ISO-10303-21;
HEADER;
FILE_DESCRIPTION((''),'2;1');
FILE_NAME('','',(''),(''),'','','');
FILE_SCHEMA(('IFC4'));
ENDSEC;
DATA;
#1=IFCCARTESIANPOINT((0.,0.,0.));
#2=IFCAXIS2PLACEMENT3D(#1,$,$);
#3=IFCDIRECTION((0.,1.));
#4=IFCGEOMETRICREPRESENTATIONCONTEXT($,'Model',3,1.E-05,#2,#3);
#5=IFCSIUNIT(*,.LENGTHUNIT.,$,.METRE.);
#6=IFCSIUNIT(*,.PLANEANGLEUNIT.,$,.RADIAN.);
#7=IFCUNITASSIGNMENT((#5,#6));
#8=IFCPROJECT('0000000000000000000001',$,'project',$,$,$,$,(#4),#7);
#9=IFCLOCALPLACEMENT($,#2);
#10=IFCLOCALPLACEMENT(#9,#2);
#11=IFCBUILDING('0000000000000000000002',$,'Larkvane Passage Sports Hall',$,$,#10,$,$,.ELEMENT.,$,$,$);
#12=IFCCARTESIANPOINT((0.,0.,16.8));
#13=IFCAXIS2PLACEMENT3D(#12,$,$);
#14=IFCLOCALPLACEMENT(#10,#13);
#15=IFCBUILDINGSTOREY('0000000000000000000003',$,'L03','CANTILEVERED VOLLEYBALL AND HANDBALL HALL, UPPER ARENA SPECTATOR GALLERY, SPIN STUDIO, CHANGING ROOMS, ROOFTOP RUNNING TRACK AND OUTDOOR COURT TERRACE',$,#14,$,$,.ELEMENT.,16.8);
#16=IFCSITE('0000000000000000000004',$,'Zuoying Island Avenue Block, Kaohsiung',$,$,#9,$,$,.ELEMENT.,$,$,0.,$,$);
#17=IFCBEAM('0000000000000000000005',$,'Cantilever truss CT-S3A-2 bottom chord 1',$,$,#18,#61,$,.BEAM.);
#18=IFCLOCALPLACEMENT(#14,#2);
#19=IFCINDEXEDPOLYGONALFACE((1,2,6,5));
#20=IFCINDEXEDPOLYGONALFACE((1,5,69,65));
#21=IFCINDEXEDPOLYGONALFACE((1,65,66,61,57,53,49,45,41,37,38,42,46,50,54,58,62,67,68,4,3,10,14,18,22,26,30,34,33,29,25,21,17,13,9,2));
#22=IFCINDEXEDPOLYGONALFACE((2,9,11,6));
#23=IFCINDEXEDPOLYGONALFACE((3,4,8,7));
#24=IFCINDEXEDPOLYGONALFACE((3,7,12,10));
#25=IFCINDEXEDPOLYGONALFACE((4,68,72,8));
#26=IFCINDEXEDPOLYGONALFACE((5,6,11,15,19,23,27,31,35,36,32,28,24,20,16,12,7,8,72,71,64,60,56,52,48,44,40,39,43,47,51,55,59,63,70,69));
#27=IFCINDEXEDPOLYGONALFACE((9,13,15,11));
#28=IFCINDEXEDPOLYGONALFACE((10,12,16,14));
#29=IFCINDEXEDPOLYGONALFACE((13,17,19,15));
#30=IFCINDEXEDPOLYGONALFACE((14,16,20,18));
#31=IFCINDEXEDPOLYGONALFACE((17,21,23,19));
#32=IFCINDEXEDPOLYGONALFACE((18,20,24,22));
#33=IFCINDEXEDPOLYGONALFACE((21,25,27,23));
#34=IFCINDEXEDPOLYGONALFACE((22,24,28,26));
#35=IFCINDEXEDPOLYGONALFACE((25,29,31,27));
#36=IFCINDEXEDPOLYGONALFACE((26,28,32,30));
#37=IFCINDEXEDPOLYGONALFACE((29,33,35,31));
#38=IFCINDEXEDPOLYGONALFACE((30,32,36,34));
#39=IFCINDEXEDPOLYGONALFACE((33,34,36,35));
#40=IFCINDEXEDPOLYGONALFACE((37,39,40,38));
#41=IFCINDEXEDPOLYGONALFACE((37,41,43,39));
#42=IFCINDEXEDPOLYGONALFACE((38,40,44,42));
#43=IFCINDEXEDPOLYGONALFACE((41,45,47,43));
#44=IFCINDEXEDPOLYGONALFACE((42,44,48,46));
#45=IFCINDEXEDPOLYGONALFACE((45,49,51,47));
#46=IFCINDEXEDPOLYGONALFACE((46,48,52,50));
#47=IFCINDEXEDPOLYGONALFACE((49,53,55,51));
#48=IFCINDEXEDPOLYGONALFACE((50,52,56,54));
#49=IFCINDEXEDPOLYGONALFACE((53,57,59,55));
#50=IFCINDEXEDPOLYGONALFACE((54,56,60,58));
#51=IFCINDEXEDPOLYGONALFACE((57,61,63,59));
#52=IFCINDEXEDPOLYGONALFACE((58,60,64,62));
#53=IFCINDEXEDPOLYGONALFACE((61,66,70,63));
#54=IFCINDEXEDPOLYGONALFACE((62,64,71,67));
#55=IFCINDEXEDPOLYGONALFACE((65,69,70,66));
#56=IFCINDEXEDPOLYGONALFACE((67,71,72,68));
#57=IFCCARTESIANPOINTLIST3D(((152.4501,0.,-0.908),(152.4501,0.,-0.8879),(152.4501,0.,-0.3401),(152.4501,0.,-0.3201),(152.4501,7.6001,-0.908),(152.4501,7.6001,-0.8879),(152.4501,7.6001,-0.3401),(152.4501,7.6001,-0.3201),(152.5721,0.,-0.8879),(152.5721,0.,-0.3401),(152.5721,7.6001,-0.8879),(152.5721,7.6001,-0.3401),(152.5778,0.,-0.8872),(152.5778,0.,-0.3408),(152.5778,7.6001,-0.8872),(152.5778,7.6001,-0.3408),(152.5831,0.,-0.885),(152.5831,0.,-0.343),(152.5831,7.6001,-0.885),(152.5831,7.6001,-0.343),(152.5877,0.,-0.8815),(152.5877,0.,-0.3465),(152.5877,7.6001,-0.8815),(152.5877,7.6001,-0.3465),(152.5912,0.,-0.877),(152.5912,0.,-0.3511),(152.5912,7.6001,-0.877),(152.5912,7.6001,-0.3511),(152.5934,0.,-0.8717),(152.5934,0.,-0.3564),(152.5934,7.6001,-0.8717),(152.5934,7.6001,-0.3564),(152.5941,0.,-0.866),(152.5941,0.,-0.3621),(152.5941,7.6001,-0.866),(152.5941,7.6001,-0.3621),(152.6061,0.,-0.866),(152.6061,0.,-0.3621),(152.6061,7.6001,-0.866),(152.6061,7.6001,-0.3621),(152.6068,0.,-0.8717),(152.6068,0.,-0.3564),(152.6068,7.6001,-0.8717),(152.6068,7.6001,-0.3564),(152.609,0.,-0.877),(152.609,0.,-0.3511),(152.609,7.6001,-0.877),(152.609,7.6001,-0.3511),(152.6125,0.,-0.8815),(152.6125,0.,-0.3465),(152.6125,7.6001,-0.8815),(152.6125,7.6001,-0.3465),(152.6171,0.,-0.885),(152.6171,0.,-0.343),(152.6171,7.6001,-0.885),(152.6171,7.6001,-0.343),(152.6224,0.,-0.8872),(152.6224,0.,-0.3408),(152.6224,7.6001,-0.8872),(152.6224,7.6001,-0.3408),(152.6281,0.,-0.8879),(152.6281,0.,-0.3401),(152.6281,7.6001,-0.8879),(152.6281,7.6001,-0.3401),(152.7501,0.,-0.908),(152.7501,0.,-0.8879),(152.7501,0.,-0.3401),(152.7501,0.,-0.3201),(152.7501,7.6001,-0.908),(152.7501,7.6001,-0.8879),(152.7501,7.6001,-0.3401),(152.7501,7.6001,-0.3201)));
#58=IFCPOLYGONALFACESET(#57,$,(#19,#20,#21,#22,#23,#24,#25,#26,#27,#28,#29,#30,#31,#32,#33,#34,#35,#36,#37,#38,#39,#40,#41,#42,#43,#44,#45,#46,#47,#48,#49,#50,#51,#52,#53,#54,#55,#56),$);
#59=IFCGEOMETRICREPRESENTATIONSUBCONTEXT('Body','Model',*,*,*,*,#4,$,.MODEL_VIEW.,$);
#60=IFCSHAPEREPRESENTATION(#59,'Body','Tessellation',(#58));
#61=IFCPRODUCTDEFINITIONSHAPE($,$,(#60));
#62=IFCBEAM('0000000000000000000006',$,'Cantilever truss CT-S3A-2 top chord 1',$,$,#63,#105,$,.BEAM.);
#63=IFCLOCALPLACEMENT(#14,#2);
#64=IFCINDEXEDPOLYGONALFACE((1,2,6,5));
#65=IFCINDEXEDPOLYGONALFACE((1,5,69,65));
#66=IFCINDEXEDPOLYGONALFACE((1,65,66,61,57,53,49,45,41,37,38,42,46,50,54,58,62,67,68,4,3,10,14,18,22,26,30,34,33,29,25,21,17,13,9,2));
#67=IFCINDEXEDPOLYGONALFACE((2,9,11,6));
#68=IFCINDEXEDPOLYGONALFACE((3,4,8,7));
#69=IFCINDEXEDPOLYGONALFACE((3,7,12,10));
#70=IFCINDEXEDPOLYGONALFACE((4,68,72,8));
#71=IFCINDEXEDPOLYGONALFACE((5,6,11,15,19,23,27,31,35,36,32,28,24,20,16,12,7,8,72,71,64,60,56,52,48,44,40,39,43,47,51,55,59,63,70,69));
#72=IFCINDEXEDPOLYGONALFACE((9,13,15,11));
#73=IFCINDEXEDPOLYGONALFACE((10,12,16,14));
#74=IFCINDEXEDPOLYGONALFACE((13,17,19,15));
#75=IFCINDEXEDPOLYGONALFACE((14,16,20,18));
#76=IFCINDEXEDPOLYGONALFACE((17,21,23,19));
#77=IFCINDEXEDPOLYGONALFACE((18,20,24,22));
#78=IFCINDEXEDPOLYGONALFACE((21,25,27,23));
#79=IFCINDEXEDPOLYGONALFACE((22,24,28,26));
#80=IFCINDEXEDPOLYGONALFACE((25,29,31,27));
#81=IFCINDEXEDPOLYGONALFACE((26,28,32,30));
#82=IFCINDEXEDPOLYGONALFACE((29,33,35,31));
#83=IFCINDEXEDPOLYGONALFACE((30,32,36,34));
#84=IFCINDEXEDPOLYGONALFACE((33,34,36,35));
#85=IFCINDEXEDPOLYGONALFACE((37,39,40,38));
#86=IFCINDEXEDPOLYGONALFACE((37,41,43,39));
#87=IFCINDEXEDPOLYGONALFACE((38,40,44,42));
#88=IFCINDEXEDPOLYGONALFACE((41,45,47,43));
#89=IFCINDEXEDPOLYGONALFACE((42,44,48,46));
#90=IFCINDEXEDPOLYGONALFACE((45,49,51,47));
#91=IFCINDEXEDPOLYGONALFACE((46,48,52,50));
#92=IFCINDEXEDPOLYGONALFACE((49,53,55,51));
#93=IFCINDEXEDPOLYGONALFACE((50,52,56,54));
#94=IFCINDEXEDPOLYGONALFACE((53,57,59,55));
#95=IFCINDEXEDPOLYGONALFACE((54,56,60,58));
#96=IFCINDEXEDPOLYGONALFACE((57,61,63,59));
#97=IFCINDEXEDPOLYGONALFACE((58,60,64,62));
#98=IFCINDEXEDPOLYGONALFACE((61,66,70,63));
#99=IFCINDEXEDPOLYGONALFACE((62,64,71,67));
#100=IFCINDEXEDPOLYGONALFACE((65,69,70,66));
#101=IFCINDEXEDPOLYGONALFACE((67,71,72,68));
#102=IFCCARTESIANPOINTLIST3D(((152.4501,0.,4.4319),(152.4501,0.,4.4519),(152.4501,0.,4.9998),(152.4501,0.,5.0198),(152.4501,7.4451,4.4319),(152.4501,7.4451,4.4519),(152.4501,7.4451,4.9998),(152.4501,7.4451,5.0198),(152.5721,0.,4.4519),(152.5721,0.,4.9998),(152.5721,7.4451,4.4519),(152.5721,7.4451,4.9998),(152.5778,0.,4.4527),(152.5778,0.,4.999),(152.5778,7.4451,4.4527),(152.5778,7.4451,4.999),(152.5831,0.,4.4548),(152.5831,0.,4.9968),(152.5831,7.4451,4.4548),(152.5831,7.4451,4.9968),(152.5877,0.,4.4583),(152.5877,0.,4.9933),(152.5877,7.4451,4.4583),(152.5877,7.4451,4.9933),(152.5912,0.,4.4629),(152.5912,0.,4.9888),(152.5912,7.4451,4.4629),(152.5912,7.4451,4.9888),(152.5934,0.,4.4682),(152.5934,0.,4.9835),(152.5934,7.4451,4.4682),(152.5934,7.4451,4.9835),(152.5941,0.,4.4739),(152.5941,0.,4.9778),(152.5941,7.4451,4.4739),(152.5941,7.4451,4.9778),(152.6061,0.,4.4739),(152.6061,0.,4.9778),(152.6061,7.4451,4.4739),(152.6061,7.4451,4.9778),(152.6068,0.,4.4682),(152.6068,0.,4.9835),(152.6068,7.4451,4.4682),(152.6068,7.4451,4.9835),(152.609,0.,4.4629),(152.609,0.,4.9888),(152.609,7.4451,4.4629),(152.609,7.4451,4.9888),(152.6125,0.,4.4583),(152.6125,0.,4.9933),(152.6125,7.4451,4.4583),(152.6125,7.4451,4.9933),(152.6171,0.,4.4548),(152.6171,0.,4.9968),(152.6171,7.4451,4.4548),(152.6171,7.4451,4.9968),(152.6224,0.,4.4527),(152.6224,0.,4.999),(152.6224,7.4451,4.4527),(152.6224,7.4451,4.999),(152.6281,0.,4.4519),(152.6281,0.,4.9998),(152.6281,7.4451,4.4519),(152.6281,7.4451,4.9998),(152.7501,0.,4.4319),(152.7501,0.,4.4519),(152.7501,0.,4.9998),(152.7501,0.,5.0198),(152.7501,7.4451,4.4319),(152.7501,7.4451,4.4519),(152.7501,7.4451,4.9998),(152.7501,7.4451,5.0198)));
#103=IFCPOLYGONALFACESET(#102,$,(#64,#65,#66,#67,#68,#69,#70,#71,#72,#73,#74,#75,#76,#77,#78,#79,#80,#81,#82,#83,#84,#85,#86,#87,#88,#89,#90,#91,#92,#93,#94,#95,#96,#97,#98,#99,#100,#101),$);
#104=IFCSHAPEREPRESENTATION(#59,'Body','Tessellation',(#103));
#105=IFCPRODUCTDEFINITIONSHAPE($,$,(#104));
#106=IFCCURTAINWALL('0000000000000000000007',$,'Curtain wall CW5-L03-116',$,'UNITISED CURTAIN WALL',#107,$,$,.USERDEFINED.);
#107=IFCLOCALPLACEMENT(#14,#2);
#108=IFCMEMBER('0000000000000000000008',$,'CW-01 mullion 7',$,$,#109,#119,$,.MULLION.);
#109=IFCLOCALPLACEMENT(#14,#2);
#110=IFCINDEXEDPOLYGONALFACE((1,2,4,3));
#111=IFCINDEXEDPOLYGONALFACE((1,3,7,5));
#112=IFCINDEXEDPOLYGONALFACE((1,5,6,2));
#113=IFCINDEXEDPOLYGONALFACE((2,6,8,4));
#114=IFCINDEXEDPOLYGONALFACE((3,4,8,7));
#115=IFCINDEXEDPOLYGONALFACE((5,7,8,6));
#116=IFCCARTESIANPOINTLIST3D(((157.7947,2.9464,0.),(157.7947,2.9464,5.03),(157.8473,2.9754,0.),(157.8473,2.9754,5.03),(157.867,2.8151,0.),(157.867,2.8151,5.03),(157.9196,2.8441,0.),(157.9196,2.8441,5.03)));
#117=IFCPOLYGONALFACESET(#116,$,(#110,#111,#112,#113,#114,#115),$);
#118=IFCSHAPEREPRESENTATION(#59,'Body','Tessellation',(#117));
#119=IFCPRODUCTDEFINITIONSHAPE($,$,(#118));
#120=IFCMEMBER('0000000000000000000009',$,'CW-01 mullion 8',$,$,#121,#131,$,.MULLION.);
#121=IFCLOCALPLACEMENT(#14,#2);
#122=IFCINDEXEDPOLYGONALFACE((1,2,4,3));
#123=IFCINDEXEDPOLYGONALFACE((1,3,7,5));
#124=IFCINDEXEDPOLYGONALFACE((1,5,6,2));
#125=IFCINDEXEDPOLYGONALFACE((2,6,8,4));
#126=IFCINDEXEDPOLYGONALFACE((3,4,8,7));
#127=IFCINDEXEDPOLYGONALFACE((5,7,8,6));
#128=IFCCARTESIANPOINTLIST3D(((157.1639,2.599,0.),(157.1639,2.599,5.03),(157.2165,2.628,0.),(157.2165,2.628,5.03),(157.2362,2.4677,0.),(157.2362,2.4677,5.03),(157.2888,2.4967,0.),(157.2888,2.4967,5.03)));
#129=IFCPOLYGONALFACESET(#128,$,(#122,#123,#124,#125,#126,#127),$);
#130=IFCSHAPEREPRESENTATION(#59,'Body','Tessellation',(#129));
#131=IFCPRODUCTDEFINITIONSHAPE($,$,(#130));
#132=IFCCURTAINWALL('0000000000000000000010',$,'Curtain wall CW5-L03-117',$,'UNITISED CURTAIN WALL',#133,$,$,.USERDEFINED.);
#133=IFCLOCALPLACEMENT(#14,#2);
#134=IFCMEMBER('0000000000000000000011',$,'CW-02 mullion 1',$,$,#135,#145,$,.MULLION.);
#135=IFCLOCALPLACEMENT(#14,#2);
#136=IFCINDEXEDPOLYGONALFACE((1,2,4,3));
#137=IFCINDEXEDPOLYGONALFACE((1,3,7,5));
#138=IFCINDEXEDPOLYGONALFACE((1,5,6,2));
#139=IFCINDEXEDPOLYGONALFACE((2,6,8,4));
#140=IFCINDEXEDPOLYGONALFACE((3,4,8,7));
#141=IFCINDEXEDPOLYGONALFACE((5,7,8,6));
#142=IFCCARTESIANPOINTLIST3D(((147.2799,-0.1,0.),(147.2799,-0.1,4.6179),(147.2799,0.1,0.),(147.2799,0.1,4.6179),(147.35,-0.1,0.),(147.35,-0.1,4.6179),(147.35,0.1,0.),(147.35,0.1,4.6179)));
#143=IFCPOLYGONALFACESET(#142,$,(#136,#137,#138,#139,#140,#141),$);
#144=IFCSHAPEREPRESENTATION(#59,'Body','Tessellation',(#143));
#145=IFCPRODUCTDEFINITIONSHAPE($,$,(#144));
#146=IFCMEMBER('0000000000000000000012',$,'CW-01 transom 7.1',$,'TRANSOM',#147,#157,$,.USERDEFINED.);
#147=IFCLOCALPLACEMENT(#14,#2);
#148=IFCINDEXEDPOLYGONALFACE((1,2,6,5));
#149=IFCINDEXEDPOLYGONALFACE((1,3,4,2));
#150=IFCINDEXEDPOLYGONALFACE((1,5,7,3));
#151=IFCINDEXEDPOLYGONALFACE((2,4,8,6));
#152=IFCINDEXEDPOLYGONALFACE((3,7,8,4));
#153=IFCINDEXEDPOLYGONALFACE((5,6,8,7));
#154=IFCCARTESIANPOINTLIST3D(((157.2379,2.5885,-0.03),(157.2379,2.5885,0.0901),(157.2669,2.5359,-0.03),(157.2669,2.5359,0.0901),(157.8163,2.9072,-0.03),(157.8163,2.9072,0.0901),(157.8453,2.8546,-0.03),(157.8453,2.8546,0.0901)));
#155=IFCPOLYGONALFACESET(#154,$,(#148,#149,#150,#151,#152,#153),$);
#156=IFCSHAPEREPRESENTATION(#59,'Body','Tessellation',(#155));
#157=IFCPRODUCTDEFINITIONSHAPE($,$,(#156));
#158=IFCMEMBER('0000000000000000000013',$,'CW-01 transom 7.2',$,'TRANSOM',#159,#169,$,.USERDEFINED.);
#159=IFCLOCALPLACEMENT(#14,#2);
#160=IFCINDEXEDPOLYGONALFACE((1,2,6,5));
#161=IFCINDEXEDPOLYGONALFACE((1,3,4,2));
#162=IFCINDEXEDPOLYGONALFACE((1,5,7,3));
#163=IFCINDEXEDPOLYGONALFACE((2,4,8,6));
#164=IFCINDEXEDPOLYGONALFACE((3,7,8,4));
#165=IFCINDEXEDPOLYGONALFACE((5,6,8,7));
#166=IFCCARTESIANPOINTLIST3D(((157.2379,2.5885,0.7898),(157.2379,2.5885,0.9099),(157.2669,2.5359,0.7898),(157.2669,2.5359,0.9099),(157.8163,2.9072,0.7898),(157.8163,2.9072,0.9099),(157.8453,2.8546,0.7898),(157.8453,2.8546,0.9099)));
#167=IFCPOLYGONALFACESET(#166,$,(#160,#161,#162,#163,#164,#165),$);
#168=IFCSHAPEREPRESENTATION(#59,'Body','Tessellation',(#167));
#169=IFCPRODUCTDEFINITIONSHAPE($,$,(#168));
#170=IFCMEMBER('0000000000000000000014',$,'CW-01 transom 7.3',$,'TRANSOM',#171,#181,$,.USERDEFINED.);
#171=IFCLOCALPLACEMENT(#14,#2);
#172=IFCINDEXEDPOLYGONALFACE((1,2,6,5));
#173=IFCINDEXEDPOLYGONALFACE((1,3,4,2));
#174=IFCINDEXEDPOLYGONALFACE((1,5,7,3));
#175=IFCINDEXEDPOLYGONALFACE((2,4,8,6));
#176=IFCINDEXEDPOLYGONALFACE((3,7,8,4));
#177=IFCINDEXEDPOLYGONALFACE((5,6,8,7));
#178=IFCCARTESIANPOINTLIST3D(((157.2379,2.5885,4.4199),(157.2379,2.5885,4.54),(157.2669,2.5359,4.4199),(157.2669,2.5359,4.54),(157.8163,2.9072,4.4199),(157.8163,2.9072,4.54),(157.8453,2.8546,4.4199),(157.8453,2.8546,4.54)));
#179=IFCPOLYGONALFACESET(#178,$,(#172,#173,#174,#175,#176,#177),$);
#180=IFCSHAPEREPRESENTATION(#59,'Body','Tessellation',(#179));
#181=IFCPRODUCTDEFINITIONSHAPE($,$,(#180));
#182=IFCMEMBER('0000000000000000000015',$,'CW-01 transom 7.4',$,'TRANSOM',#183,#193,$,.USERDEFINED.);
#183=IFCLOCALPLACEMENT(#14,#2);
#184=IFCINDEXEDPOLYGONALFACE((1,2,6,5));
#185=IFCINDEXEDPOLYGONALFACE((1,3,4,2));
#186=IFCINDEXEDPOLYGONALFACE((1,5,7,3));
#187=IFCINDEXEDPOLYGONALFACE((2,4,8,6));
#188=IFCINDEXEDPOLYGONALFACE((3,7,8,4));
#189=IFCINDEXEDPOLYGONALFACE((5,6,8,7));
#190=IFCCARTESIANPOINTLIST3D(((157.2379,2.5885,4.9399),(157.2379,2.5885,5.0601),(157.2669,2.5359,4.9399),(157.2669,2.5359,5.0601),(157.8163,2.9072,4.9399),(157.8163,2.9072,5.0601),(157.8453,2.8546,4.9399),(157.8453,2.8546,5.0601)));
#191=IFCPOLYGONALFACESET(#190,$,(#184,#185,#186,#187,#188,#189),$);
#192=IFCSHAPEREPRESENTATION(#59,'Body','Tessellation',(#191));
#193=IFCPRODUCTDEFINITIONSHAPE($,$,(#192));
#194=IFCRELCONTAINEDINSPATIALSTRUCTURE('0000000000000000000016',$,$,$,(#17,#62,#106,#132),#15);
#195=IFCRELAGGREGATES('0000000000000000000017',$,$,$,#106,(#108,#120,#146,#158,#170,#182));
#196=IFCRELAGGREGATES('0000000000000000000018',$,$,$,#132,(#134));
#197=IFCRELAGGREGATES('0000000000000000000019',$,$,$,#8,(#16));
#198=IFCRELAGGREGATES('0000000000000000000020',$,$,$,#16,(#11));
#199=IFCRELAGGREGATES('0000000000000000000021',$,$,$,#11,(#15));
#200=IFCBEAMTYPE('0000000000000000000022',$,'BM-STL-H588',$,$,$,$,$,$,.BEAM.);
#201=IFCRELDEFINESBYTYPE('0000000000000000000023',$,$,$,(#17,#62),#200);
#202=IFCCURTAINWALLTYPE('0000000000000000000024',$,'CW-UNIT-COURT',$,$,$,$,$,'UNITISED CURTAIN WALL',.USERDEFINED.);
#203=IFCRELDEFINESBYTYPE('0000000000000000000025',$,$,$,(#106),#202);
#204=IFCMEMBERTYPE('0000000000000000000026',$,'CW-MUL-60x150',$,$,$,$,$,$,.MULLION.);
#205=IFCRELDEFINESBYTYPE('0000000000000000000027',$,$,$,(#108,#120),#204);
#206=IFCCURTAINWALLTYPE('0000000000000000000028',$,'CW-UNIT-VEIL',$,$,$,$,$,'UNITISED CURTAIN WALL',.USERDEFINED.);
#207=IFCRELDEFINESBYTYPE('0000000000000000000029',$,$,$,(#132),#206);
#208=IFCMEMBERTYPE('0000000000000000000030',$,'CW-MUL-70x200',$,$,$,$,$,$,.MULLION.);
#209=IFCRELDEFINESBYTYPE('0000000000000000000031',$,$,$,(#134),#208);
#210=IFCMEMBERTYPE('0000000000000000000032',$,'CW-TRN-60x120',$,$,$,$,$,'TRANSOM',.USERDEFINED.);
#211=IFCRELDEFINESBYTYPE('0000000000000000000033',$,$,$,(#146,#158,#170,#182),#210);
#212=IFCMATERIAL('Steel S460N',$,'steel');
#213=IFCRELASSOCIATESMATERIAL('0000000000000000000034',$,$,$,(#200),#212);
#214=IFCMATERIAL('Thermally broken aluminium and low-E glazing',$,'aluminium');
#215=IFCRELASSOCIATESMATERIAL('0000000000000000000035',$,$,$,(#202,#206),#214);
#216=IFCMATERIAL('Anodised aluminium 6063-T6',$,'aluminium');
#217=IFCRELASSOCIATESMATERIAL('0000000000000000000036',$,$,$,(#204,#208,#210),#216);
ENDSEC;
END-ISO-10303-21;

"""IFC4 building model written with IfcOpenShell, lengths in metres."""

from ifc_helpers import new_model, si_unit, direction, frame, origin, origin_2d, place, context, subcontext, project, spatial, rectangle, i_section, extrude, material, material_profile, profile_set, type_object, element, aggregate, save


model = new_model("IFC4")

# Units and contexts
model_context = context("Model", 3, precision=1e-05, world=origin(), true_north=direction((0.0, 1.0)))
body_context = subcontext(model_context, "Body", "Model", "MODEL_VIEW")
ifc_project = project(units=[si_unit("LENGTHUNIT", "METRE"), si_unit("PLANEANGLEUNIT", "RADIAN")], contexts=[model_context])

# Site, building, storey
site_placement = place(None, origin())
site = spatial("IfcSite", under=ifc_project, at=site_placement, Name="Zuoying Island Avenue Block, Kaohsiung", CompositionType="ELEMENT", RefElevation=0.0)
building_placement = place(site_placement, origin())
building = spatial("IfcBuilding", under=site, at=building_placement, Name="Larkvane Passage Sports Hall", CompositionType="ELEMENT")
storey_placement = place(building_placement, frame((0.0, 0.0, 16.8)))
storey = spatial("IfcBuildingStorey", under=building, at=storey_placement, Name="L03", Description="CANTILEVERED VOLLEYBALL AND HANDBALL HALL, UPPER ARENA SPECTATOR GALLERY, SPIN STUDIO, CHANGING ROOMS, ROOFTOP RUNNING TRACK AND OUTDOOR COURT TERRACE", CompositionType="ELEMENT", Elevation=16.8)

# Beams
ifc_material_1 = material(Name="Steel S460N", Category="steel")
ifc_material_profile_1 = material_profile(ifc_material_1, i_section(OverallWidth=0.3, OverallDepth=0.5879, WebThickness=0.012, FlangeThickness=0.02, FilletRadius=0.022, at=origin_2d()), Name="H-588x300x12x20")
ifc_profile_set_1 = profile_set([ifc_material_profile_1], Name="Steel S460N")
beam_type_1 = type_object("IfcBeamType", Name="BM-STL-H588", PredefinedType="BEAM", material=ifc_profile_set_1)
beam_1_placement = place(storey_placement, frame((152.6001, 0.0, -0.614), z_axis=(0.0, 1.0, 0.0), x_axis=(-1.0, 0.0, 0.0)))
element("IfcBeam", 1, at=beam_1_placement, inside=storey, type_object=beam_type_1, Name="Cantilever truss CT-S3A-2 bottom chord 1", PredefinedType="BEAM", context=body_context, shape_type="SweptSolid", body=[
    extrude(i_section(OverallWidth=0.3, OverallDepth=0.5879, WebThickness=0.012, FlangeThickness=0.02, FilletRadius=0.022, at=origin_2d()), origin(), (0.0, 0.0, 1.0), 7.6001),
])
beam_2_placement = place(storey_placement, frame((152.6001, 0.0, 4.7258), z_axis=(0.0, 1.0, 0.0), x_axis=(-1.0, 0.0, 0.0)))
element("IfcBeam", 2, at=beam_2_placement, inside=storey, type_object=beam_type_1, Name="Cantilever truss CT-S3A-2 top chord 1", PredefinedType="BEAM", context=body_context, shape_type="SweptSolid", body=[
    extrude(i_section(OverallWidth=0.3, OverallDepth=0.5879, WebThickness=0.012, FlangeThickness=0.02, FilletRadius=0.022, at=origin_2d()), origin(), (0.0, 0.0, 1.0), 7.4451),
])

# Curtain wall, members
ifc_material_2 = material(Name="Thermally broken aluminium and low-E glazing", Category="aluminium")
curtain_wall_type_1 = type_object("IfcCurtainWallType", Name="CW-UNIT-COURT", ElementType="UNITISED CURTAIN WALL", PredefinedType="USERDEFINED", material=ifc_material_2)
curtain_wall_1_placement = place(storey_placement, origin())
curtain_wall_1 = element("IfcCurtainWall", 3, at=curtain_wall_1_placement, inside=storey, type_object=curtain_wall_type_1, Name="Curtain wall CW5-L03-116", ObjectType="UNITISED CURTAIN WALL", PredefinedType="USERDEFINED")
ifc_material_3 = material(Name="Anodised aluminium 6063-T6", Category="aluminium")
ifc_material_profile_2 = material_profile(ifc_material_3, rectangle(XDim=0.0601, YDim=0.1499, at=origin_2d()), Name="ALU-MUL-60x150")
ifc_profile_set_2 = profile_set([ifc_material_profile_2], Name="Anodised aluminium 6063-T6")
member_type_1 = type_object("IfcMemberType", Name="CW-MUL-60x150", PredefinedType="MULLION", material=ifc_profile_set_2)
member_1_placement = place(storey_placement, frame((157.8572, 2.8953, 0.0), z_axis=(0.0, 0.0, 1.0), x_axis=(-0.875942, -0.482416, 0.0)))
member_1 = element("IfcMember", 4, at=member_1_placement, type_object=member_type_1, Name="CW-01 mullion 7", PredefinedType="MULLION", context=body_context, shape_type="SweptSolid", body=[
    extrude(rectangle(XDim=0.0601, YDim=0.1499, at=origin_2d()), origin(), (0.0, 0.0, 1.0), 5.03),
])
member_2_placement = place(storey_placement, frame((157.2263, 2.5479, 0.0), z_axis=(0.0, 0.0, 1.0), x_axis=(-0.875942, -0.482416, 0.0)))
member_2 = element("IfcMember", 5, at=member_2_placement, type_object=member_type_1, Name="CW-01 mullion 8", PredefinedType="MULLION", context=body_context, shape_type="SweptSolid", body=[
    extrude(rectangle(XDim=0.0601, YDim=0.1499, at=origin_2d()), origin(), (0.0, 0.0, 1.0), 5.03),
])

# Curtain wall, member
curtain_wall_type_2 = type_object("IfcCurtainWallType", Name="CW-UNIT-VEIL", ElementType="UNITISED CURTAIN WALL", PredefinedType="USERDEFINED", material=ifc_material_2)
curtain_wall_2_placement = place(storey_placement, origin())
curtain_wall_2 = element("IfcCurtainWall", 6, at=curtain_wall_2_placement, inside=storey, type_object=curtain_wall_type_2, Name="Curtain wall CW5-L03-117", ObjectType="UNITISED CURTAIN WALL", PredefinedType="USERDEFINED")
ifc_material_profile_3 = material_profile(ifc_material_3, rectangle(XDim=0.0701, YDim=0.2, at=origin_2d()), Name="ALU-MUL-70x200")
ifc_profile_set_3 = profile_set([ifc_material_profile_3], Name="Anodised aluminium 6063-T6")
member_type_2 = type_object("IfcMemberType", Name="CW-MUL-70x200", PredefinedType="MULLION", material=ifc_profile_set_3)
member_3_placement = place(storey_placement, frame((147.3149, 0.0, 0.0), z_axis=(0.0, 0.0, 1.0), x_axis=(-1.0, 0.0, 0.0)))
member_3 = element("IfcMember", 7, at=member_3_placement, type_object=member_type_2, Name="CW-02 mullion 1", PredefinedType="MULLION", context=body_context, shape_type="SweptSolid", body=[
    extrude(rectangle(XDim=0.0701, YDim=0.2, at=origin_2d()), origin(), (0.0, 0.0, 1.0), 4.6179),
])

# Members
ifc_material_profile_4 = material_profile(ifc_material_3, rectangle(XDim=0.0601, YDim=0.1201, at=origin_2d()), Name="ALU-TRN-60x120")
ifc_profile_set_4 = profile_set([ifc_material_profile_4], Name="Anodised aluminium 6063-T6")
member_type_3 = type_object("IfcMemberType", Name="CW-TRN-60x120", ElementType="TRANSOM", PredefinedType="USERDEFINED", material=ifc_profile_set_4)
member_4_placement = place(storey_placement, frame((157.8308, 2.8809, 0.03), z_axis=(-0.875896, -0.482501, 0.0), x_axis=(0.482501, -0.875896, 0.0)))
member_4 = element("IfcMember", 8, at=member_4_placement, type_object=member_type_3, Name="CW-01 transom 7.1", ObjectType="TRANSOM", PredefinedType="USERDEFINED", context=body_context, shape_type="SweptSolid", body=[
    extrude(rectangle(XDim=0.0601, YDim=0.1201, at=origin_2d()), origin(), (0.0, 0.0, 1.0), 0.6604),
])
member_5_placement = place(storey_placement, frame((157.8308, 2.8809, 0.8499), z_axis=(-0.875896, -0.482501, 0.0), x_axis=(0.482501, -0.875896, 0.0)))
member_5 = element("IfcMember", 9, at=member_5_placement, type_object=member_type_3, Name="CW-01 transom 7.2", ObjectType="TRANSOM", PredefinedType="USERDEFINED", context=body_context, shape_type="SweptSolid", body=[
    extrude(rectangle(XDim=0.0601, YDim=0.1201, at=origin_2d()), origin(), (0.0, 0.0, 1.0), 0.6604),
])
member_6_placement = place(storey_placement, frame((157.8308, 2.8809, 4.48), z_axis=(-0.875896, -0.482501, 0.0), x_axis=(0.482501, -0.875896, 0.0)))
member_6 = element("IfcMember", 10, at=member_6_placement, type_object=member_type_3, Name="CW-01 transom 7.3", ObjectType="TRANSOM", PredefinedType="USERDEFINED", context=body_context, shape_type="SweptSolid", body=[
    extrude(rectangle(XDim=0.0601, YDim=0.1201, at=origin_2d()), origin(), (0.0, 0.0, 1.0), 0.6604),
])
member_7_placement = place(storey_placement, frame((157.8308, 2.8809, 5.0), z_axis=(-0.875896, -0.482501, 0.0), x_axis=(0.482501, -0.875896, 0.0)))
member_7 = element("IfcMember", 11, at=member_7_placement, type_object=member_type_3, Name="CW-01 transom 7.4", ObjectType="TRANSOM", PredefinedType="USERDEFINED", context=body_context, shape_type="SweptSolid", body=[
    extrude(rectangle(XDim=0.0601, YDim=0.1201, at=origin_2d()), origin(), (0.0, 0.0, 1.0), 0.6604),
])

aggregate(curtain_wall_1, [member_1, member_2, member_4, member_5, member_6, member_7])
aggregate(curtain_wall_2, [member_3])

save(model, "model.ifc")
